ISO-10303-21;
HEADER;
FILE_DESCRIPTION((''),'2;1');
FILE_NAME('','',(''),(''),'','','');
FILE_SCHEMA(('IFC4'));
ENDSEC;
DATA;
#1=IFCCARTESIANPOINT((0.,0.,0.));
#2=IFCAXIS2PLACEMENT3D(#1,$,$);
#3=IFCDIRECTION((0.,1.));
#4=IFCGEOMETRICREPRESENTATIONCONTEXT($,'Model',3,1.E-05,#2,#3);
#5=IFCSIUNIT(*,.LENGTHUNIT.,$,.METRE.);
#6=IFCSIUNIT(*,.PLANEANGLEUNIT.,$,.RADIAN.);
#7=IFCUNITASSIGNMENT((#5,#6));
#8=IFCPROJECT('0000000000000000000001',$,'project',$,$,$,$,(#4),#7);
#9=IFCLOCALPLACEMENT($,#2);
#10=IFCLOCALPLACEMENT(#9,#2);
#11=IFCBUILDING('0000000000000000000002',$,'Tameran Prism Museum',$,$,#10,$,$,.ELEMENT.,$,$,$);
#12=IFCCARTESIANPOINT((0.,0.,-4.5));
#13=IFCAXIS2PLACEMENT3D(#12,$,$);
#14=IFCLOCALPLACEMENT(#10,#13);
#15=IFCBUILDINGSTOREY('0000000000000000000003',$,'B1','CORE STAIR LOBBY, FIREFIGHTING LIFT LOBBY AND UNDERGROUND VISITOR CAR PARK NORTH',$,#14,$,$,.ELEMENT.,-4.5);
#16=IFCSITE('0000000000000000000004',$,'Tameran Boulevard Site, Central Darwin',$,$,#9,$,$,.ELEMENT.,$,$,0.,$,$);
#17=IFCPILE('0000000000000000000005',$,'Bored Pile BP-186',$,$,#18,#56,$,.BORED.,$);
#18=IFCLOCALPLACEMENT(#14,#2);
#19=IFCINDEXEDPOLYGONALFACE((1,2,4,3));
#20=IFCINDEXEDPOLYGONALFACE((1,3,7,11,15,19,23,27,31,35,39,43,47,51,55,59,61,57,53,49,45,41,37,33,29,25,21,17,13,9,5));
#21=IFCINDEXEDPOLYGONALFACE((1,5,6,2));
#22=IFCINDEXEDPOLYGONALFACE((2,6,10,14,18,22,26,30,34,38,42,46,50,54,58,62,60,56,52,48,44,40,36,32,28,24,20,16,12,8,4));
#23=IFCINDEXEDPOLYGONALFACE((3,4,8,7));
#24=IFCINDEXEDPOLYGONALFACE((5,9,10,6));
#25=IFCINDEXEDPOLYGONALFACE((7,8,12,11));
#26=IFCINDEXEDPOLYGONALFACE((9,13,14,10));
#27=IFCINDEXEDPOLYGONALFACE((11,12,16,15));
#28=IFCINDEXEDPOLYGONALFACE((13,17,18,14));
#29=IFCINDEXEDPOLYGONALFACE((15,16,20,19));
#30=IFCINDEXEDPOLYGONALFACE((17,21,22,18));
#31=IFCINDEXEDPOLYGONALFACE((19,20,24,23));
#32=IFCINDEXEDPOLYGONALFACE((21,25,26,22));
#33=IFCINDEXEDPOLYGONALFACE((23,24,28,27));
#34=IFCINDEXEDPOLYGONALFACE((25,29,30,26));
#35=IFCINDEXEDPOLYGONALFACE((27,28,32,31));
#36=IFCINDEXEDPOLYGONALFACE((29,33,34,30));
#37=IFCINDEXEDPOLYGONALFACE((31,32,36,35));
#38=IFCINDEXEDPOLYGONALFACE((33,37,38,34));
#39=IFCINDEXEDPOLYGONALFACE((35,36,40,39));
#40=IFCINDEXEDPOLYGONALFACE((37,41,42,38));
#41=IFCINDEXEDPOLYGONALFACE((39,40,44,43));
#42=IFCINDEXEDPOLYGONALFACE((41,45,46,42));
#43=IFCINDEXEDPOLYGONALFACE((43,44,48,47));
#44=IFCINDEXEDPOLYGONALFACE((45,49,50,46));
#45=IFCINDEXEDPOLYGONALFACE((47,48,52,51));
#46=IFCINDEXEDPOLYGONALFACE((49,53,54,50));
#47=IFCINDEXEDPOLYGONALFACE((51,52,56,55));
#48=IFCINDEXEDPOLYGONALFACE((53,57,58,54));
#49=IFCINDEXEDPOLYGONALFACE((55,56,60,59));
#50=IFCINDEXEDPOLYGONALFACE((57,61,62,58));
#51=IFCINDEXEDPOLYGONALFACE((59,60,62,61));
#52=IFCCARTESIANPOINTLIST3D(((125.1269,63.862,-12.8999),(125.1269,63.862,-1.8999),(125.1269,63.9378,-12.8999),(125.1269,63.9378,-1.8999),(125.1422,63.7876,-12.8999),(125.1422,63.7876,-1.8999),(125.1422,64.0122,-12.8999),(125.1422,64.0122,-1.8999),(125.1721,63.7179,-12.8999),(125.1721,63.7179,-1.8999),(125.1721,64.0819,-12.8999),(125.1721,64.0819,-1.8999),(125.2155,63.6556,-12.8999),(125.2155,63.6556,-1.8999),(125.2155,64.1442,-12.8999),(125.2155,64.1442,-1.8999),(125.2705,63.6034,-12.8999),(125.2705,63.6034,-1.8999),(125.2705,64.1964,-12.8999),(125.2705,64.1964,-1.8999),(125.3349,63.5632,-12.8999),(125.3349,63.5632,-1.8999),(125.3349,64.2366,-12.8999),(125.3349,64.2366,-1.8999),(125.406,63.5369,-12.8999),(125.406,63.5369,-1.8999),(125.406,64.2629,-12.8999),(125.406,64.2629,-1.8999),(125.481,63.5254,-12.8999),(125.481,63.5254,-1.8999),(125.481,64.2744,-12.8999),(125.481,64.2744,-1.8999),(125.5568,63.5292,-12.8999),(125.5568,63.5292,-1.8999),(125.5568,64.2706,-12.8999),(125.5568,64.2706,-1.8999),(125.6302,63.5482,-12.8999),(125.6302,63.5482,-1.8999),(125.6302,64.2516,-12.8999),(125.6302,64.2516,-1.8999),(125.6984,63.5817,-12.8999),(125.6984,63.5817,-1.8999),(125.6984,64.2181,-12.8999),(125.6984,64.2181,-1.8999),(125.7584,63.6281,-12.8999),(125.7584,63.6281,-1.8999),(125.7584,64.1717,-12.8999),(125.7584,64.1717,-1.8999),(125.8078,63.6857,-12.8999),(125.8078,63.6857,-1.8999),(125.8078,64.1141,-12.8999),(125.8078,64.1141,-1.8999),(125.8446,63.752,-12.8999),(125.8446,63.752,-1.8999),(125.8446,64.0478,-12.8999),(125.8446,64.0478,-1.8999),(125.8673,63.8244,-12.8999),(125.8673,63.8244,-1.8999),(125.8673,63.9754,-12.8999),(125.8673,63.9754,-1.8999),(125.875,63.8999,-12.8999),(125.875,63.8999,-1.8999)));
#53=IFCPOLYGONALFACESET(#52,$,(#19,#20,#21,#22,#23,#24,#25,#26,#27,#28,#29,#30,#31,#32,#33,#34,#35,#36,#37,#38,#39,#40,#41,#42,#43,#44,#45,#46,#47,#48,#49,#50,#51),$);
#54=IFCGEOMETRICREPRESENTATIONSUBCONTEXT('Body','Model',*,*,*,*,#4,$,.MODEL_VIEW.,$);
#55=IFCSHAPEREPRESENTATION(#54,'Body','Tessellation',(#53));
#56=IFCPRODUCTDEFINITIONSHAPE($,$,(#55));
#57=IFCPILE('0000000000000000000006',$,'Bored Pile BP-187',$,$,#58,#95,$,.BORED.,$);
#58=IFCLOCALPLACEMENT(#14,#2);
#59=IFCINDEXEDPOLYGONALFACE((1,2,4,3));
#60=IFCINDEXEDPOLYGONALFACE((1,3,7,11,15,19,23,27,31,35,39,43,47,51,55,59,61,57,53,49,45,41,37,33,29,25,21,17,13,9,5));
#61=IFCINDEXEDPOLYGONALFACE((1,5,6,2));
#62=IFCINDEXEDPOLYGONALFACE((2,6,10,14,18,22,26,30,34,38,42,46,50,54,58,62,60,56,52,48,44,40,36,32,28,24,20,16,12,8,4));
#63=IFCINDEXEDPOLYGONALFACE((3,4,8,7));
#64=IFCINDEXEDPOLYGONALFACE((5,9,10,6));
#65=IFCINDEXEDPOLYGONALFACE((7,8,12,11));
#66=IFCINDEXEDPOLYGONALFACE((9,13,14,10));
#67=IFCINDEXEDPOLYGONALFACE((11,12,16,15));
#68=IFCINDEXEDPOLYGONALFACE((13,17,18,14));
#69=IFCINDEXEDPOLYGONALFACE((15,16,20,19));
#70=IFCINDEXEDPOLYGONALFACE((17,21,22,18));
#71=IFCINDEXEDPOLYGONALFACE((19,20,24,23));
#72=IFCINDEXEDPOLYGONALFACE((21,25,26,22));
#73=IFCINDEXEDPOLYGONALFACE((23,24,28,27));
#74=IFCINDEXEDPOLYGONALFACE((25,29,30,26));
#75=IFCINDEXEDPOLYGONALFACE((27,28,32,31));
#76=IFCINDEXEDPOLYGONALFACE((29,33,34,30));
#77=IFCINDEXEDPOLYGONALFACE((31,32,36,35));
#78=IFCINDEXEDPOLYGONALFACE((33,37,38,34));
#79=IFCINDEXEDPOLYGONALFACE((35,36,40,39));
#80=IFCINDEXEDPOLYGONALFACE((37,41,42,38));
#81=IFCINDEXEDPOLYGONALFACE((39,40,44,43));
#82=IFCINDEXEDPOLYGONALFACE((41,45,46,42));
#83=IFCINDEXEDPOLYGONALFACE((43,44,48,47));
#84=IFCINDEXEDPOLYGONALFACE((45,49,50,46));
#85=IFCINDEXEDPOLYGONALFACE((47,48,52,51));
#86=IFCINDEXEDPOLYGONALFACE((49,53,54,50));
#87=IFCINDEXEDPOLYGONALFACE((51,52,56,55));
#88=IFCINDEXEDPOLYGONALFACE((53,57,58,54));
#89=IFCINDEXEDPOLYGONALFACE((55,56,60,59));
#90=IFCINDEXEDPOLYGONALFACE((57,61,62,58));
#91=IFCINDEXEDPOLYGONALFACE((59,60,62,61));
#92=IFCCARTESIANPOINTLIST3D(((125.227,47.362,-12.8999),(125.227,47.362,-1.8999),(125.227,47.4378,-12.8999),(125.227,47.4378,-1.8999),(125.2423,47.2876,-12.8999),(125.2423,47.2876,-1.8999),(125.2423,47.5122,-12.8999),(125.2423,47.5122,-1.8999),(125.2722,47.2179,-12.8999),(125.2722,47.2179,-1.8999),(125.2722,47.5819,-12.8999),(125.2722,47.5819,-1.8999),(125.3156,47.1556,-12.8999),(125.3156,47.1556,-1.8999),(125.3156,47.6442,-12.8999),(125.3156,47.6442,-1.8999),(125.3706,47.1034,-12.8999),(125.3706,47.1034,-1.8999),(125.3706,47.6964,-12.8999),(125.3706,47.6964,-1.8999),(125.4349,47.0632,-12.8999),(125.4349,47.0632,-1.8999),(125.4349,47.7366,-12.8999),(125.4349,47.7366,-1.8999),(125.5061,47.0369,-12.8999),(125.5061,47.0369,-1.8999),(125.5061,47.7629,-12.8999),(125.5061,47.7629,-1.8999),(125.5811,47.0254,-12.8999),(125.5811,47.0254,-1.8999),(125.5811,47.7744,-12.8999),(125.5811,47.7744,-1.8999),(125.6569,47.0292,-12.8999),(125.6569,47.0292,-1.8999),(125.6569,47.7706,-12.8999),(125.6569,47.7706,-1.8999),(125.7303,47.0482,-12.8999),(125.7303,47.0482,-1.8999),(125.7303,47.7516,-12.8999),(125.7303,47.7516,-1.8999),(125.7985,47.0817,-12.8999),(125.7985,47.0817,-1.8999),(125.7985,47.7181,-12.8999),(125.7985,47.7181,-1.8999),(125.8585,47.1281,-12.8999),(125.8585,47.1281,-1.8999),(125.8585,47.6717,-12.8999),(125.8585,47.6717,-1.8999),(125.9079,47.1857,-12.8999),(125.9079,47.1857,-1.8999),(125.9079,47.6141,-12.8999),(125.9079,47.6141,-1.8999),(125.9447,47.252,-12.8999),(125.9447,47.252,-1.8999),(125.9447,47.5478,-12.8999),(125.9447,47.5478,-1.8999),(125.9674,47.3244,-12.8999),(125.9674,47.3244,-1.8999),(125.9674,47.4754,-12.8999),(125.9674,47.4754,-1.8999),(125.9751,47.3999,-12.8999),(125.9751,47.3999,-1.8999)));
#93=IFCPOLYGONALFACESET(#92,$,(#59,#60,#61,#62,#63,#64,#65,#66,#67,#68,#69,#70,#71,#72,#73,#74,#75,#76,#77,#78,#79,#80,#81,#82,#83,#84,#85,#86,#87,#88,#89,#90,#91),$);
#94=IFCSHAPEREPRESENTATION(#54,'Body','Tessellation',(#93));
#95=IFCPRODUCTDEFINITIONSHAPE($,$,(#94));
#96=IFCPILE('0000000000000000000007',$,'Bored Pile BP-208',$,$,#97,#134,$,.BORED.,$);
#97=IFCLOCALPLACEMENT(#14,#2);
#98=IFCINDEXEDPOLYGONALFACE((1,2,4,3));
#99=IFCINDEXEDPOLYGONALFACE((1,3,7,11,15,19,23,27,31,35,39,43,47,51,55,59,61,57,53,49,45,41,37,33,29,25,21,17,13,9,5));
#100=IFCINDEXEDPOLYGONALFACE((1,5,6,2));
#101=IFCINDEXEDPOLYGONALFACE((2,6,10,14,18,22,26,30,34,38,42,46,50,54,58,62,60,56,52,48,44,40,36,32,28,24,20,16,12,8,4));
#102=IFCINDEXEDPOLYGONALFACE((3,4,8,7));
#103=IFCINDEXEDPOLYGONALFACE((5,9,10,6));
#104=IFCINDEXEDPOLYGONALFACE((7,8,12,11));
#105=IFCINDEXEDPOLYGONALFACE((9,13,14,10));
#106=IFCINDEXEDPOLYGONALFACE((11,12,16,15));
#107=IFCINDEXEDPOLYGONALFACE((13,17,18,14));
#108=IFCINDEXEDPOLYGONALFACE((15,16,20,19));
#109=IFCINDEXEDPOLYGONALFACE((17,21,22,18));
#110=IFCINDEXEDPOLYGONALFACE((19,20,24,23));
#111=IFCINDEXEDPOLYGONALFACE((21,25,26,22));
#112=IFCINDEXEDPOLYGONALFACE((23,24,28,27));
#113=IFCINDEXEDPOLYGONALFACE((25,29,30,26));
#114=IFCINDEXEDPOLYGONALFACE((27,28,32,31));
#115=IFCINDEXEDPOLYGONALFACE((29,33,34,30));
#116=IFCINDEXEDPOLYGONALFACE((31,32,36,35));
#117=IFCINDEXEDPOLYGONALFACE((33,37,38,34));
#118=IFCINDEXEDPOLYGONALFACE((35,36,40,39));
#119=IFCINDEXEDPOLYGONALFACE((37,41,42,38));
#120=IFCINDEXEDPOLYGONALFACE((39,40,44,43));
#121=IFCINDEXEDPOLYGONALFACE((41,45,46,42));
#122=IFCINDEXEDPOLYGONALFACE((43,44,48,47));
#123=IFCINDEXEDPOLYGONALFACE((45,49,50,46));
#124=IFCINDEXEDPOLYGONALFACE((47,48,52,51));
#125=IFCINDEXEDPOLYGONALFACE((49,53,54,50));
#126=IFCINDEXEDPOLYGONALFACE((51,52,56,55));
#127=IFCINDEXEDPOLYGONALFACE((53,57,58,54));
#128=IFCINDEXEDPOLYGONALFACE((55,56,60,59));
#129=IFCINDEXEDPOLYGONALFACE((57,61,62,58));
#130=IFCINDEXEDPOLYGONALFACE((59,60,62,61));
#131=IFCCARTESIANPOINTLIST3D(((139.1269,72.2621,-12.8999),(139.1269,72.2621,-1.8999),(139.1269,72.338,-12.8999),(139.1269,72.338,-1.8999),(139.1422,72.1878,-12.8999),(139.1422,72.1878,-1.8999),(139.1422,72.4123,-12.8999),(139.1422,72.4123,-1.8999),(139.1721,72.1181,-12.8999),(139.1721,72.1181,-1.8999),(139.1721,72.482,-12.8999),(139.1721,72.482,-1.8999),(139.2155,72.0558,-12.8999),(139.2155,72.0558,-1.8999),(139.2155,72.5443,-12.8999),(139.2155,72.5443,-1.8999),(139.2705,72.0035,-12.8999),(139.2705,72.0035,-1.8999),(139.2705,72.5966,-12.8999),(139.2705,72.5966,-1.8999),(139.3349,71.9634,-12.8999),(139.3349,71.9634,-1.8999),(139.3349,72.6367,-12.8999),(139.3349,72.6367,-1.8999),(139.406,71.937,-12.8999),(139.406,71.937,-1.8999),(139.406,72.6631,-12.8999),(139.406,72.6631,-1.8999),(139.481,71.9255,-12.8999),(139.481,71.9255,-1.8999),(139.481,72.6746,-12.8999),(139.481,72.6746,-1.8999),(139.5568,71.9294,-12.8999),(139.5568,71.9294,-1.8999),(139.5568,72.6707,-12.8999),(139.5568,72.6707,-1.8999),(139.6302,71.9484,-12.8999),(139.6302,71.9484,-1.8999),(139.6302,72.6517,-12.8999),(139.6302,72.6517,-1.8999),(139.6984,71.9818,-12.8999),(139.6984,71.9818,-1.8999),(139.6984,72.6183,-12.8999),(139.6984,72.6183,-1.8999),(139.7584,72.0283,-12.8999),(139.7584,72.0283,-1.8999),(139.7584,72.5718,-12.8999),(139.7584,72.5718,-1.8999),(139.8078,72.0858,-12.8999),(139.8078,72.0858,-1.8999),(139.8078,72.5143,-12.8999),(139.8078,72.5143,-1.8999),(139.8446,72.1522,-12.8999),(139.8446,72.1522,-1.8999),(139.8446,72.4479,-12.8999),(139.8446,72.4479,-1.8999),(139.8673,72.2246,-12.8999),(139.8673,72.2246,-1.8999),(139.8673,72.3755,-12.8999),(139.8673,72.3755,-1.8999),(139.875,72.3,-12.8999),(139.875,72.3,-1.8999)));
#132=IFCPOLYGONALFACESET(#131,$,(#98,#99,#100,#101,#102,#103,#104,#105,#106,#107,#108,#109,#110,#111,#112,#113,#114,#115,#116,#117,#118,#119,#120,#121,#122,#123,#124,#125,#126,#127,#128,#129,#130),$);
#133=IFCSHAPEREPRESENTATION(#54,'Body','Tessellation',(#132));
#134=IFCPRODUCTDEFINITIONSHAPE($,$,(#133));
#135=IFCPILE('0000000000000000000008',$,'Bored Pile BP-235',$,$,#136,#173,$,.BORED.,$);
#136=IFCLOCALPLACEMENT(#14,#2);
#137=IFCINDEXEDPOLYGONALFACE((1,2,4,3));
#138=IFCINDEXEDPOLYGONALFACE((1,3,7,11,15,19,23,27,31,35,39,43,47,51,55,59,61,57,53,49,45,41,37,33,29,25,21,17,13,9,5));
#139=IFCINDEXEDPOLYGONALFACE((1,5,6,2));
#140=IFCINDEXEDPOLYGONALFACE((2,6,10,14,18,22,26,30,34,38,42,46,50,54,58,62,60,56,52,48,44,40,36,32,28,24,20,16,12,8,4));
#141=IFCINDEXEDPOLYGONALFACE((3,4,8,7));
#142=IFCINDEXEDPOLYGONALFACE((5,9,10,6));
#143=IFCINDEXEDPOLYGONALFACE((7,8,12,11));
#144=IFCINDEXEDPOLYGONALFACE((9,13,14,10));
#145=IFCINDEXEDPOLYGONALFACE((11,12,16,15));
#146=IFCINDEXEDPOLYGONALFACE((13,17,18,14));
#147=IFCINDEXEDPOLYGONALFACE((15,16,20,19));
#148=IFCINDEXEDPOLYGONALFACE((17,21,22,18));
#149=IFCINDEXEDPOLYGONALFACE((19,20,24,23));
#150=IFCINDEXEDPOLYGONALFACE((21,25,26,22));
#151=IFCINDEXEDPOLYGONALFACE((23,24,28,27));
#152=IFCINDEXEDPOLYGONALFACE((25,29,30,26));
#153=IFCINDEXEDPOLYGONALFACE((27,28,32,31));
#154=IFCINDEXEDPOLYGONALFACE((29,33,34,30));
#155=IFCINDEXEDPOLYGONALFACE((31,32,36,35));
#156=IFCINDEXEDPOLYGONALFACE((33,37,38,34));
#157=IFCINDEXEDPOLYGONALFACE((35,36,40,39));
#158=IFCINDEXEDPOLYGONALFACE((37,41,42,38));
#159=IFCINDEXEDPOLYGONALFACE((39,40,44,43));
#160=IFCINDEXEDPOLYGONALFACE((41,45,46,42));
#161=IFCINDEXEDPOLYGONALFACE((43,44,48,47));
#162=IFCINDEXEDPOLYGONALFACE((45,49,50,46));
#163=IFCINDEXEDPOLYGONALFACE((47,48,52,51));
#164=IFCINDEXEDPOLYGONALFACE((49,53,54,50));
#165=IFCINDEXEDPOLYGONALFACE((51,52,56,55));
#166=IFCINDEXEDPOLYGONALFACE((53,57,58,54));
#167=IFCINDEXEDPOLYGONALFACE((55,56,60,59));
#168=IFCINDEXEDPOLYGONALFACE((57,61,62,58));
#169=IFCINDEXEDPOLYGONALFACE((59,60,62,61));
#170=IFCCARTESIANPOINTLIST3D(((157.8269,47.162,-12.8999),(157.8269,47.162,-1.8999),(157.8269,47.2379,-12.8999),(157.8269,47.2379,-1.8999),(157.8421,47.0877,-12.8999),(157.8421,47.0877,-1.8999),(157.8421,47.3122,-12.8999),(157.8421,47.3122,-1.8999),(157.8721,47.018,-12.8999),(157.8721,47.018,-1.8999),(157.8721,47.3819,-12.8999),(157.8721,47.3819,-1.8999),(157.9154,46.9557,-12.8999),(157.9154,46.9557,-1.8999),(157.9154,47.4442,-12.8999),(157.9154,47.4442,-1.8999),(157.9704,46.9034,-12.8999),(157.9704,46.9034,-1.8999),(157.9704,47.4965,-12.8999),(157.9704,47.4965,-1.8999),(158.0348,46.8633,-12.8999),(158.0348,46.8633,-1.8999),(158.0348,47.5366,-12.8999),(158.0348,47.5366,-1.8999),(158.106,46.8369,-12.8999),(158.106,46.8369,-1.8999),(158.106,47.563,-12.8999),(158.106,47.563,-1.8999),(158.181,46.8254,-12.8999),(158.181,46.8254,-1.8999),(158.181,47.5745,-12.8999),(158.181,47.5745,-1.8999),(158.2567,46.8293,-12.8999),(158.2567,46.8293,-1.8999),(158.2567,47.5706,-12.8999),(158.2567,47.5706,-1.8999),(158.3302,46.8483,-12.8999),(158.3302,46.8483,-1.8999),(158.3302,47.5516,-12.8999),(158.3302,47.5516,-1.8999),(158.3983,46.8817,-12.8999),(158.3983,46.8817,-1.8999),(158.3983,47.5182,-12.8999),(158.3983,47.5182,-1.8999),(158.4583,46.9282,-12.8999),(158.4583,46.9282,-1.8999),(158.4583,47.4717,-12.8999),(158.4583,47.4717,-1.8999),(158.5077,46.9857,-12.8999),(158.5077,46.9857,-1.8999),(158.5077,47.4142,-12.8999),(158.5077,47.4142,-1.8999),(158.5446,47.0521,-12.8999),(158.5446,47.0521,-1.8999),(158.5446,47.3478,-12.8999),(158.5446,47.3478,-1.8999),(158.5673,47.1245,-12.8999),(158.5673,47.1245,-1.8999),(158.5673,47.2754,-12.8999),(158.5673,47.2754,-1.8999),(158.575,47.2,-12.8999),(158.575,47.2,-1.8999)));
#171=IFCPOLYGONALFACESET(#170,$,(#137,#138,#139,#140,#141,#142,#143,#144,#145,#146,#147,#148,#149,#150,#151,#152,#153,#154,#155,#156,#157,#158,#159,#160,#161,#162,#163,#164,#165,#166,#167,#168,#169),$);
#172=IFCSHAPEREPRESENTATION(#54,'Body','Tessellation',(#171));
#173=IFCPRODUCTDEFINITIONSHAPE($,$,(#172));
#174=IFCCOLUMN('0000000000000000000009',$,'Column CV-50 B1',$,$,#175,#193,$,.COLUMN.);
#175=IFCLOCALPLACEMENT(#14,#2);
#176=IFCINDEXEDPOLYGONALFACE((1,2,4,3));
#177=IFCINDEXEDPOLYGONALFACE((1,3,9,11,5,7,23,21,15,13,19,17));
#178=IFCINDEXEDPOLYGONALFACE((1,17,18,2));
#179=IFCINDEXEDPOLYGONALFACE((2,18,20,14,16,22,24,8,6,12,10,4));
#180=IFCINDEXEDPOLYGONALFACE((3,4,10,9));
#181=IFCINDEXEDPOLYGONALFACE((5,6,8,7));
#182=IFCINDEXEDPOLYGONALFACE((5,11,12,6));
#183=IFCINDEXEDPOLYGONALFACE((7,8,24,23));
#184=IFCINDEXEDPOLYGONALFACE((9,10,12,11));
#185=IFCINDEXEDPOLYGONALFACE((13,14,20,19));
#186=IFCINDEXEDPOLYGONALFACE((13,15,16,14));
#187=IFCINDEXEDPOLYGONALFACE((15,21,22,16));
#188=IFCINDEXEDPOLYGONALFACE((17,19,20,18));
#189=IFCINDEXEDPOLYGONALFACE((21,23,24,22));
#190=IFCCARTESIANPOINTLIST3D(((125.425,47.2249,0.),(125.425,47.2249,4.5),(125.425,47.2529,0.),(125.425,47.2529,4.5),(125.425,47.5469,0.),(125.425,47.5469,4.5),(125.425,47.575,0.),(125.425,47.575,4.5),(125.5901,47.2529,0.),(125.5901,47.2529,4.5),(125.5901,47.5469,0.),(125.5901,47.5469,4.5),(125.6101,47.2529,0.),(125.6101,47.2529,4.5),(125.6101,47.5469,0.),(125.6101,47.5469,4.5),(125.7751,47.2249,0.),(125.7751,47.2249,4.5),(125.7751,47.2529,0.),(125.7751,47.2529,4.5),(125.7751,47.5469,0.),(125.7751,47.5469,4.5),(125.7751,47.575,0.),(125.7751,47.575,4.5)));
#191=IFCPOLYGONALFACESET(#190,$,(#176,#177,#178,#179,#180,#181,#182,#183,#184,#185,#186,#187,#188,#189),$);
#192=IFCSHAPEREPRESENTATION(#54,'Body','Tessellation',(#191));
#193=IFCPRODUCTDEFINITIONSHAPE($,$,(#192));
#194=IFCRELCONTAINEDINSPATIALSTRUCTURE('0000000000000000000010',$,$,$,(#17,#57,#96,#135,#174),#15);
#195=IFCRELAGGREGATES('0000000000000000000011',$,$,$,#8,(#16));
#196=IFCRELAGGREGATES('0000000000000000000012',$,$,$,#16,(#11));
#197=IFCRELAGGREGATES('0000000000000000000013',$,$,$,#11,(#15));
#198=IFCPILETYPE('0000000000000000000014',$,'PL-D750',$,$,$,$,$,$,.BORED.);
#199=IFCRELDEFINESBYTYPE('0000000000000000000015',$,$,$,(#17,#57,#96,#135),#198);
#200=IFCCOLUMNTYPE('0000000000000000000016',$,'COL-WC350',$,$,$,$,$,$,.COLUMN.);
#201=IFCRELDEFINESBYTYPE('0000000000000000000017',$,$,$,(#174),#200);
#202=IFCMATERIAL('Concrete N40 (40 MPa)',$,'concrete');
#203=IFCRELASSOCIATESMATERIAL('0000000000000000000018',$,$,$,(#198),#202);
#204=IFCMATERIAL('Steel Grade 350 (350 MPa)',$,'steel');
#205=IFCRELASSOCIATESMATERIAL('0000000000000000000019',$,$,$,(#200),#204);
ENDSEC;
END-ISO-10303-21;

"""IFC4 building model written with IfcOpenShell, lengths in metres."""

from ifc_helpers import new_model, si_unit, direction, frame, origin, origin_2d, place, context, subcontext, project, spatial, circle, i_section, extrude, material, material_profile, profile_set, type_object, element, save


model = new_model("IFC4")

# Units and contexts
model_context = context("Model", 3, precision=1e-05, world=origin(), true_north=direction((0.0, 1.0)))
body_context = subcontext(model_context, "Body", "Model", "MODEL_VIEW")
ifc_project = project(units=[si_unit("LENGTHUNIT", "METRE"), si_unit("PLANEANGLEUNIT", "RADIAN")], contexts=[model_context])

# Site, building, storey
site_placement = place(None, origin())
site = spatial("IfcSite", under=ifc_project, at=site_placement, Name="Tameran Boulevard Site, Central Darwin", CompositionType="ELEMENT", RefElevation=0.0)
building_placement = place(site_placement, origin())
building = spatial("IfcBuilding", under=site, at=building_placement, Name="Tameran Prism Museum", CompositionType="ELEMENT")
storey_placement = place(building_placement, frame((0.0, 0.0, -4.5)))
storey = spatial("IfcBuildingStorey", under=building, at=storey_placement, Name="B1", Description="CORE STAIR LOBBY, FIREFIGHTING LIFT LOBBY AND UNDERGROUND VISITOR CAR PARK NORTH", CompositionType="ELEMENT", Elevation=-4.5)

# Piles
ifc_material_1 = material(Name="Concrete N40 (40 MPa)", Category="concrete")
ifc_material_profile_1 = material_profile(ifc_material_1, circle(Radius=0.375, at=origin_2d()))
ifc_profile_set_1 = profile_set([ifc_material_profile_1])
pile_type_1 = type_object("IfcPileType", Name="PL-D750", PredefinedType="BORED", material=ifc_profile_set_1)
for number, where, z_axis, x_axis, name in (
    (1, (125.5, 63.8999, -1.8999), (0.0, 0.0, -1.0), (1.0, 0.0, 0.0), "Bored Pile BP-186"),
    (2, (125.6001, 47.3999, -1.8999), (0.0, 0.0, -1.0), (1.0, 0.0, 0.0), "Bored Pile BP-187"),
    (3, (139.5, 72.3, -1.8999), (0.0, 0.0, -1.0), (1.0, 0.0, 0.0), "Bored Pile BP-208"),
    (4, (158.2, 47.2, -1.8999), (0.0, 0.0, -1.0), (1.0, 0.0, 0.0), "Bored Pile BP-235"),
):
    element("IfcPile", number, at=place(storey_placement, frame(where, z_axis=z_axis, x_axis=x_axis)), inside=storey, type_object=pile_type_1, Name=name, PredefinedType="BORED", context=body_context, shape_type="SweptSolid", body=[
        extrude(circle(Radius=0.375, at=origin_2d()), origin(), (0.0, 0.0, 1.0), 11.0),
    ])

# Column
ifc_material_2 = material(Name="Steel Grade 350 (350 MPa)", Category="steel")
ifc_material_profile_2 = material_profile(ifc_material_2, i_section(OverallWidth=0.3501, OverallDepth=0.3501, WebThickness=0.02, FlangeThickness=0.0281, at=origin_2d()))
ifc_profile_set_2 = profile_set([ifc_material_profile_2])
column_type_1 = type_object("IfcColumnType", Name="COL-WC350", PredefinedType="COLUMN", material=ifc_profile_set_2)
column_placement = place(storey_placement, frame((125.6001, 47.3999, 0.0), z_axis=(0.0, 0.0, 1.0), x_axis=(1.0, 0.0, 0.0)))
element("IfcColumn", 5, at=column_placement, inside=storey, type_object=column_type_1, Name="Column CV-50 B1", PredefinedType="COLUMN", context=body_context, shape_type="SweptSolid", body=[
    extrude(i_section(OverallWidth=0.3501, OverallDepth=0.3501, WebThickness=0.02, FlangeThickness=0.0281, at=origin_2d()), origin(), (0.0, 0.0, 1.0), 4.5),
])

save(model, "model.ifc")
